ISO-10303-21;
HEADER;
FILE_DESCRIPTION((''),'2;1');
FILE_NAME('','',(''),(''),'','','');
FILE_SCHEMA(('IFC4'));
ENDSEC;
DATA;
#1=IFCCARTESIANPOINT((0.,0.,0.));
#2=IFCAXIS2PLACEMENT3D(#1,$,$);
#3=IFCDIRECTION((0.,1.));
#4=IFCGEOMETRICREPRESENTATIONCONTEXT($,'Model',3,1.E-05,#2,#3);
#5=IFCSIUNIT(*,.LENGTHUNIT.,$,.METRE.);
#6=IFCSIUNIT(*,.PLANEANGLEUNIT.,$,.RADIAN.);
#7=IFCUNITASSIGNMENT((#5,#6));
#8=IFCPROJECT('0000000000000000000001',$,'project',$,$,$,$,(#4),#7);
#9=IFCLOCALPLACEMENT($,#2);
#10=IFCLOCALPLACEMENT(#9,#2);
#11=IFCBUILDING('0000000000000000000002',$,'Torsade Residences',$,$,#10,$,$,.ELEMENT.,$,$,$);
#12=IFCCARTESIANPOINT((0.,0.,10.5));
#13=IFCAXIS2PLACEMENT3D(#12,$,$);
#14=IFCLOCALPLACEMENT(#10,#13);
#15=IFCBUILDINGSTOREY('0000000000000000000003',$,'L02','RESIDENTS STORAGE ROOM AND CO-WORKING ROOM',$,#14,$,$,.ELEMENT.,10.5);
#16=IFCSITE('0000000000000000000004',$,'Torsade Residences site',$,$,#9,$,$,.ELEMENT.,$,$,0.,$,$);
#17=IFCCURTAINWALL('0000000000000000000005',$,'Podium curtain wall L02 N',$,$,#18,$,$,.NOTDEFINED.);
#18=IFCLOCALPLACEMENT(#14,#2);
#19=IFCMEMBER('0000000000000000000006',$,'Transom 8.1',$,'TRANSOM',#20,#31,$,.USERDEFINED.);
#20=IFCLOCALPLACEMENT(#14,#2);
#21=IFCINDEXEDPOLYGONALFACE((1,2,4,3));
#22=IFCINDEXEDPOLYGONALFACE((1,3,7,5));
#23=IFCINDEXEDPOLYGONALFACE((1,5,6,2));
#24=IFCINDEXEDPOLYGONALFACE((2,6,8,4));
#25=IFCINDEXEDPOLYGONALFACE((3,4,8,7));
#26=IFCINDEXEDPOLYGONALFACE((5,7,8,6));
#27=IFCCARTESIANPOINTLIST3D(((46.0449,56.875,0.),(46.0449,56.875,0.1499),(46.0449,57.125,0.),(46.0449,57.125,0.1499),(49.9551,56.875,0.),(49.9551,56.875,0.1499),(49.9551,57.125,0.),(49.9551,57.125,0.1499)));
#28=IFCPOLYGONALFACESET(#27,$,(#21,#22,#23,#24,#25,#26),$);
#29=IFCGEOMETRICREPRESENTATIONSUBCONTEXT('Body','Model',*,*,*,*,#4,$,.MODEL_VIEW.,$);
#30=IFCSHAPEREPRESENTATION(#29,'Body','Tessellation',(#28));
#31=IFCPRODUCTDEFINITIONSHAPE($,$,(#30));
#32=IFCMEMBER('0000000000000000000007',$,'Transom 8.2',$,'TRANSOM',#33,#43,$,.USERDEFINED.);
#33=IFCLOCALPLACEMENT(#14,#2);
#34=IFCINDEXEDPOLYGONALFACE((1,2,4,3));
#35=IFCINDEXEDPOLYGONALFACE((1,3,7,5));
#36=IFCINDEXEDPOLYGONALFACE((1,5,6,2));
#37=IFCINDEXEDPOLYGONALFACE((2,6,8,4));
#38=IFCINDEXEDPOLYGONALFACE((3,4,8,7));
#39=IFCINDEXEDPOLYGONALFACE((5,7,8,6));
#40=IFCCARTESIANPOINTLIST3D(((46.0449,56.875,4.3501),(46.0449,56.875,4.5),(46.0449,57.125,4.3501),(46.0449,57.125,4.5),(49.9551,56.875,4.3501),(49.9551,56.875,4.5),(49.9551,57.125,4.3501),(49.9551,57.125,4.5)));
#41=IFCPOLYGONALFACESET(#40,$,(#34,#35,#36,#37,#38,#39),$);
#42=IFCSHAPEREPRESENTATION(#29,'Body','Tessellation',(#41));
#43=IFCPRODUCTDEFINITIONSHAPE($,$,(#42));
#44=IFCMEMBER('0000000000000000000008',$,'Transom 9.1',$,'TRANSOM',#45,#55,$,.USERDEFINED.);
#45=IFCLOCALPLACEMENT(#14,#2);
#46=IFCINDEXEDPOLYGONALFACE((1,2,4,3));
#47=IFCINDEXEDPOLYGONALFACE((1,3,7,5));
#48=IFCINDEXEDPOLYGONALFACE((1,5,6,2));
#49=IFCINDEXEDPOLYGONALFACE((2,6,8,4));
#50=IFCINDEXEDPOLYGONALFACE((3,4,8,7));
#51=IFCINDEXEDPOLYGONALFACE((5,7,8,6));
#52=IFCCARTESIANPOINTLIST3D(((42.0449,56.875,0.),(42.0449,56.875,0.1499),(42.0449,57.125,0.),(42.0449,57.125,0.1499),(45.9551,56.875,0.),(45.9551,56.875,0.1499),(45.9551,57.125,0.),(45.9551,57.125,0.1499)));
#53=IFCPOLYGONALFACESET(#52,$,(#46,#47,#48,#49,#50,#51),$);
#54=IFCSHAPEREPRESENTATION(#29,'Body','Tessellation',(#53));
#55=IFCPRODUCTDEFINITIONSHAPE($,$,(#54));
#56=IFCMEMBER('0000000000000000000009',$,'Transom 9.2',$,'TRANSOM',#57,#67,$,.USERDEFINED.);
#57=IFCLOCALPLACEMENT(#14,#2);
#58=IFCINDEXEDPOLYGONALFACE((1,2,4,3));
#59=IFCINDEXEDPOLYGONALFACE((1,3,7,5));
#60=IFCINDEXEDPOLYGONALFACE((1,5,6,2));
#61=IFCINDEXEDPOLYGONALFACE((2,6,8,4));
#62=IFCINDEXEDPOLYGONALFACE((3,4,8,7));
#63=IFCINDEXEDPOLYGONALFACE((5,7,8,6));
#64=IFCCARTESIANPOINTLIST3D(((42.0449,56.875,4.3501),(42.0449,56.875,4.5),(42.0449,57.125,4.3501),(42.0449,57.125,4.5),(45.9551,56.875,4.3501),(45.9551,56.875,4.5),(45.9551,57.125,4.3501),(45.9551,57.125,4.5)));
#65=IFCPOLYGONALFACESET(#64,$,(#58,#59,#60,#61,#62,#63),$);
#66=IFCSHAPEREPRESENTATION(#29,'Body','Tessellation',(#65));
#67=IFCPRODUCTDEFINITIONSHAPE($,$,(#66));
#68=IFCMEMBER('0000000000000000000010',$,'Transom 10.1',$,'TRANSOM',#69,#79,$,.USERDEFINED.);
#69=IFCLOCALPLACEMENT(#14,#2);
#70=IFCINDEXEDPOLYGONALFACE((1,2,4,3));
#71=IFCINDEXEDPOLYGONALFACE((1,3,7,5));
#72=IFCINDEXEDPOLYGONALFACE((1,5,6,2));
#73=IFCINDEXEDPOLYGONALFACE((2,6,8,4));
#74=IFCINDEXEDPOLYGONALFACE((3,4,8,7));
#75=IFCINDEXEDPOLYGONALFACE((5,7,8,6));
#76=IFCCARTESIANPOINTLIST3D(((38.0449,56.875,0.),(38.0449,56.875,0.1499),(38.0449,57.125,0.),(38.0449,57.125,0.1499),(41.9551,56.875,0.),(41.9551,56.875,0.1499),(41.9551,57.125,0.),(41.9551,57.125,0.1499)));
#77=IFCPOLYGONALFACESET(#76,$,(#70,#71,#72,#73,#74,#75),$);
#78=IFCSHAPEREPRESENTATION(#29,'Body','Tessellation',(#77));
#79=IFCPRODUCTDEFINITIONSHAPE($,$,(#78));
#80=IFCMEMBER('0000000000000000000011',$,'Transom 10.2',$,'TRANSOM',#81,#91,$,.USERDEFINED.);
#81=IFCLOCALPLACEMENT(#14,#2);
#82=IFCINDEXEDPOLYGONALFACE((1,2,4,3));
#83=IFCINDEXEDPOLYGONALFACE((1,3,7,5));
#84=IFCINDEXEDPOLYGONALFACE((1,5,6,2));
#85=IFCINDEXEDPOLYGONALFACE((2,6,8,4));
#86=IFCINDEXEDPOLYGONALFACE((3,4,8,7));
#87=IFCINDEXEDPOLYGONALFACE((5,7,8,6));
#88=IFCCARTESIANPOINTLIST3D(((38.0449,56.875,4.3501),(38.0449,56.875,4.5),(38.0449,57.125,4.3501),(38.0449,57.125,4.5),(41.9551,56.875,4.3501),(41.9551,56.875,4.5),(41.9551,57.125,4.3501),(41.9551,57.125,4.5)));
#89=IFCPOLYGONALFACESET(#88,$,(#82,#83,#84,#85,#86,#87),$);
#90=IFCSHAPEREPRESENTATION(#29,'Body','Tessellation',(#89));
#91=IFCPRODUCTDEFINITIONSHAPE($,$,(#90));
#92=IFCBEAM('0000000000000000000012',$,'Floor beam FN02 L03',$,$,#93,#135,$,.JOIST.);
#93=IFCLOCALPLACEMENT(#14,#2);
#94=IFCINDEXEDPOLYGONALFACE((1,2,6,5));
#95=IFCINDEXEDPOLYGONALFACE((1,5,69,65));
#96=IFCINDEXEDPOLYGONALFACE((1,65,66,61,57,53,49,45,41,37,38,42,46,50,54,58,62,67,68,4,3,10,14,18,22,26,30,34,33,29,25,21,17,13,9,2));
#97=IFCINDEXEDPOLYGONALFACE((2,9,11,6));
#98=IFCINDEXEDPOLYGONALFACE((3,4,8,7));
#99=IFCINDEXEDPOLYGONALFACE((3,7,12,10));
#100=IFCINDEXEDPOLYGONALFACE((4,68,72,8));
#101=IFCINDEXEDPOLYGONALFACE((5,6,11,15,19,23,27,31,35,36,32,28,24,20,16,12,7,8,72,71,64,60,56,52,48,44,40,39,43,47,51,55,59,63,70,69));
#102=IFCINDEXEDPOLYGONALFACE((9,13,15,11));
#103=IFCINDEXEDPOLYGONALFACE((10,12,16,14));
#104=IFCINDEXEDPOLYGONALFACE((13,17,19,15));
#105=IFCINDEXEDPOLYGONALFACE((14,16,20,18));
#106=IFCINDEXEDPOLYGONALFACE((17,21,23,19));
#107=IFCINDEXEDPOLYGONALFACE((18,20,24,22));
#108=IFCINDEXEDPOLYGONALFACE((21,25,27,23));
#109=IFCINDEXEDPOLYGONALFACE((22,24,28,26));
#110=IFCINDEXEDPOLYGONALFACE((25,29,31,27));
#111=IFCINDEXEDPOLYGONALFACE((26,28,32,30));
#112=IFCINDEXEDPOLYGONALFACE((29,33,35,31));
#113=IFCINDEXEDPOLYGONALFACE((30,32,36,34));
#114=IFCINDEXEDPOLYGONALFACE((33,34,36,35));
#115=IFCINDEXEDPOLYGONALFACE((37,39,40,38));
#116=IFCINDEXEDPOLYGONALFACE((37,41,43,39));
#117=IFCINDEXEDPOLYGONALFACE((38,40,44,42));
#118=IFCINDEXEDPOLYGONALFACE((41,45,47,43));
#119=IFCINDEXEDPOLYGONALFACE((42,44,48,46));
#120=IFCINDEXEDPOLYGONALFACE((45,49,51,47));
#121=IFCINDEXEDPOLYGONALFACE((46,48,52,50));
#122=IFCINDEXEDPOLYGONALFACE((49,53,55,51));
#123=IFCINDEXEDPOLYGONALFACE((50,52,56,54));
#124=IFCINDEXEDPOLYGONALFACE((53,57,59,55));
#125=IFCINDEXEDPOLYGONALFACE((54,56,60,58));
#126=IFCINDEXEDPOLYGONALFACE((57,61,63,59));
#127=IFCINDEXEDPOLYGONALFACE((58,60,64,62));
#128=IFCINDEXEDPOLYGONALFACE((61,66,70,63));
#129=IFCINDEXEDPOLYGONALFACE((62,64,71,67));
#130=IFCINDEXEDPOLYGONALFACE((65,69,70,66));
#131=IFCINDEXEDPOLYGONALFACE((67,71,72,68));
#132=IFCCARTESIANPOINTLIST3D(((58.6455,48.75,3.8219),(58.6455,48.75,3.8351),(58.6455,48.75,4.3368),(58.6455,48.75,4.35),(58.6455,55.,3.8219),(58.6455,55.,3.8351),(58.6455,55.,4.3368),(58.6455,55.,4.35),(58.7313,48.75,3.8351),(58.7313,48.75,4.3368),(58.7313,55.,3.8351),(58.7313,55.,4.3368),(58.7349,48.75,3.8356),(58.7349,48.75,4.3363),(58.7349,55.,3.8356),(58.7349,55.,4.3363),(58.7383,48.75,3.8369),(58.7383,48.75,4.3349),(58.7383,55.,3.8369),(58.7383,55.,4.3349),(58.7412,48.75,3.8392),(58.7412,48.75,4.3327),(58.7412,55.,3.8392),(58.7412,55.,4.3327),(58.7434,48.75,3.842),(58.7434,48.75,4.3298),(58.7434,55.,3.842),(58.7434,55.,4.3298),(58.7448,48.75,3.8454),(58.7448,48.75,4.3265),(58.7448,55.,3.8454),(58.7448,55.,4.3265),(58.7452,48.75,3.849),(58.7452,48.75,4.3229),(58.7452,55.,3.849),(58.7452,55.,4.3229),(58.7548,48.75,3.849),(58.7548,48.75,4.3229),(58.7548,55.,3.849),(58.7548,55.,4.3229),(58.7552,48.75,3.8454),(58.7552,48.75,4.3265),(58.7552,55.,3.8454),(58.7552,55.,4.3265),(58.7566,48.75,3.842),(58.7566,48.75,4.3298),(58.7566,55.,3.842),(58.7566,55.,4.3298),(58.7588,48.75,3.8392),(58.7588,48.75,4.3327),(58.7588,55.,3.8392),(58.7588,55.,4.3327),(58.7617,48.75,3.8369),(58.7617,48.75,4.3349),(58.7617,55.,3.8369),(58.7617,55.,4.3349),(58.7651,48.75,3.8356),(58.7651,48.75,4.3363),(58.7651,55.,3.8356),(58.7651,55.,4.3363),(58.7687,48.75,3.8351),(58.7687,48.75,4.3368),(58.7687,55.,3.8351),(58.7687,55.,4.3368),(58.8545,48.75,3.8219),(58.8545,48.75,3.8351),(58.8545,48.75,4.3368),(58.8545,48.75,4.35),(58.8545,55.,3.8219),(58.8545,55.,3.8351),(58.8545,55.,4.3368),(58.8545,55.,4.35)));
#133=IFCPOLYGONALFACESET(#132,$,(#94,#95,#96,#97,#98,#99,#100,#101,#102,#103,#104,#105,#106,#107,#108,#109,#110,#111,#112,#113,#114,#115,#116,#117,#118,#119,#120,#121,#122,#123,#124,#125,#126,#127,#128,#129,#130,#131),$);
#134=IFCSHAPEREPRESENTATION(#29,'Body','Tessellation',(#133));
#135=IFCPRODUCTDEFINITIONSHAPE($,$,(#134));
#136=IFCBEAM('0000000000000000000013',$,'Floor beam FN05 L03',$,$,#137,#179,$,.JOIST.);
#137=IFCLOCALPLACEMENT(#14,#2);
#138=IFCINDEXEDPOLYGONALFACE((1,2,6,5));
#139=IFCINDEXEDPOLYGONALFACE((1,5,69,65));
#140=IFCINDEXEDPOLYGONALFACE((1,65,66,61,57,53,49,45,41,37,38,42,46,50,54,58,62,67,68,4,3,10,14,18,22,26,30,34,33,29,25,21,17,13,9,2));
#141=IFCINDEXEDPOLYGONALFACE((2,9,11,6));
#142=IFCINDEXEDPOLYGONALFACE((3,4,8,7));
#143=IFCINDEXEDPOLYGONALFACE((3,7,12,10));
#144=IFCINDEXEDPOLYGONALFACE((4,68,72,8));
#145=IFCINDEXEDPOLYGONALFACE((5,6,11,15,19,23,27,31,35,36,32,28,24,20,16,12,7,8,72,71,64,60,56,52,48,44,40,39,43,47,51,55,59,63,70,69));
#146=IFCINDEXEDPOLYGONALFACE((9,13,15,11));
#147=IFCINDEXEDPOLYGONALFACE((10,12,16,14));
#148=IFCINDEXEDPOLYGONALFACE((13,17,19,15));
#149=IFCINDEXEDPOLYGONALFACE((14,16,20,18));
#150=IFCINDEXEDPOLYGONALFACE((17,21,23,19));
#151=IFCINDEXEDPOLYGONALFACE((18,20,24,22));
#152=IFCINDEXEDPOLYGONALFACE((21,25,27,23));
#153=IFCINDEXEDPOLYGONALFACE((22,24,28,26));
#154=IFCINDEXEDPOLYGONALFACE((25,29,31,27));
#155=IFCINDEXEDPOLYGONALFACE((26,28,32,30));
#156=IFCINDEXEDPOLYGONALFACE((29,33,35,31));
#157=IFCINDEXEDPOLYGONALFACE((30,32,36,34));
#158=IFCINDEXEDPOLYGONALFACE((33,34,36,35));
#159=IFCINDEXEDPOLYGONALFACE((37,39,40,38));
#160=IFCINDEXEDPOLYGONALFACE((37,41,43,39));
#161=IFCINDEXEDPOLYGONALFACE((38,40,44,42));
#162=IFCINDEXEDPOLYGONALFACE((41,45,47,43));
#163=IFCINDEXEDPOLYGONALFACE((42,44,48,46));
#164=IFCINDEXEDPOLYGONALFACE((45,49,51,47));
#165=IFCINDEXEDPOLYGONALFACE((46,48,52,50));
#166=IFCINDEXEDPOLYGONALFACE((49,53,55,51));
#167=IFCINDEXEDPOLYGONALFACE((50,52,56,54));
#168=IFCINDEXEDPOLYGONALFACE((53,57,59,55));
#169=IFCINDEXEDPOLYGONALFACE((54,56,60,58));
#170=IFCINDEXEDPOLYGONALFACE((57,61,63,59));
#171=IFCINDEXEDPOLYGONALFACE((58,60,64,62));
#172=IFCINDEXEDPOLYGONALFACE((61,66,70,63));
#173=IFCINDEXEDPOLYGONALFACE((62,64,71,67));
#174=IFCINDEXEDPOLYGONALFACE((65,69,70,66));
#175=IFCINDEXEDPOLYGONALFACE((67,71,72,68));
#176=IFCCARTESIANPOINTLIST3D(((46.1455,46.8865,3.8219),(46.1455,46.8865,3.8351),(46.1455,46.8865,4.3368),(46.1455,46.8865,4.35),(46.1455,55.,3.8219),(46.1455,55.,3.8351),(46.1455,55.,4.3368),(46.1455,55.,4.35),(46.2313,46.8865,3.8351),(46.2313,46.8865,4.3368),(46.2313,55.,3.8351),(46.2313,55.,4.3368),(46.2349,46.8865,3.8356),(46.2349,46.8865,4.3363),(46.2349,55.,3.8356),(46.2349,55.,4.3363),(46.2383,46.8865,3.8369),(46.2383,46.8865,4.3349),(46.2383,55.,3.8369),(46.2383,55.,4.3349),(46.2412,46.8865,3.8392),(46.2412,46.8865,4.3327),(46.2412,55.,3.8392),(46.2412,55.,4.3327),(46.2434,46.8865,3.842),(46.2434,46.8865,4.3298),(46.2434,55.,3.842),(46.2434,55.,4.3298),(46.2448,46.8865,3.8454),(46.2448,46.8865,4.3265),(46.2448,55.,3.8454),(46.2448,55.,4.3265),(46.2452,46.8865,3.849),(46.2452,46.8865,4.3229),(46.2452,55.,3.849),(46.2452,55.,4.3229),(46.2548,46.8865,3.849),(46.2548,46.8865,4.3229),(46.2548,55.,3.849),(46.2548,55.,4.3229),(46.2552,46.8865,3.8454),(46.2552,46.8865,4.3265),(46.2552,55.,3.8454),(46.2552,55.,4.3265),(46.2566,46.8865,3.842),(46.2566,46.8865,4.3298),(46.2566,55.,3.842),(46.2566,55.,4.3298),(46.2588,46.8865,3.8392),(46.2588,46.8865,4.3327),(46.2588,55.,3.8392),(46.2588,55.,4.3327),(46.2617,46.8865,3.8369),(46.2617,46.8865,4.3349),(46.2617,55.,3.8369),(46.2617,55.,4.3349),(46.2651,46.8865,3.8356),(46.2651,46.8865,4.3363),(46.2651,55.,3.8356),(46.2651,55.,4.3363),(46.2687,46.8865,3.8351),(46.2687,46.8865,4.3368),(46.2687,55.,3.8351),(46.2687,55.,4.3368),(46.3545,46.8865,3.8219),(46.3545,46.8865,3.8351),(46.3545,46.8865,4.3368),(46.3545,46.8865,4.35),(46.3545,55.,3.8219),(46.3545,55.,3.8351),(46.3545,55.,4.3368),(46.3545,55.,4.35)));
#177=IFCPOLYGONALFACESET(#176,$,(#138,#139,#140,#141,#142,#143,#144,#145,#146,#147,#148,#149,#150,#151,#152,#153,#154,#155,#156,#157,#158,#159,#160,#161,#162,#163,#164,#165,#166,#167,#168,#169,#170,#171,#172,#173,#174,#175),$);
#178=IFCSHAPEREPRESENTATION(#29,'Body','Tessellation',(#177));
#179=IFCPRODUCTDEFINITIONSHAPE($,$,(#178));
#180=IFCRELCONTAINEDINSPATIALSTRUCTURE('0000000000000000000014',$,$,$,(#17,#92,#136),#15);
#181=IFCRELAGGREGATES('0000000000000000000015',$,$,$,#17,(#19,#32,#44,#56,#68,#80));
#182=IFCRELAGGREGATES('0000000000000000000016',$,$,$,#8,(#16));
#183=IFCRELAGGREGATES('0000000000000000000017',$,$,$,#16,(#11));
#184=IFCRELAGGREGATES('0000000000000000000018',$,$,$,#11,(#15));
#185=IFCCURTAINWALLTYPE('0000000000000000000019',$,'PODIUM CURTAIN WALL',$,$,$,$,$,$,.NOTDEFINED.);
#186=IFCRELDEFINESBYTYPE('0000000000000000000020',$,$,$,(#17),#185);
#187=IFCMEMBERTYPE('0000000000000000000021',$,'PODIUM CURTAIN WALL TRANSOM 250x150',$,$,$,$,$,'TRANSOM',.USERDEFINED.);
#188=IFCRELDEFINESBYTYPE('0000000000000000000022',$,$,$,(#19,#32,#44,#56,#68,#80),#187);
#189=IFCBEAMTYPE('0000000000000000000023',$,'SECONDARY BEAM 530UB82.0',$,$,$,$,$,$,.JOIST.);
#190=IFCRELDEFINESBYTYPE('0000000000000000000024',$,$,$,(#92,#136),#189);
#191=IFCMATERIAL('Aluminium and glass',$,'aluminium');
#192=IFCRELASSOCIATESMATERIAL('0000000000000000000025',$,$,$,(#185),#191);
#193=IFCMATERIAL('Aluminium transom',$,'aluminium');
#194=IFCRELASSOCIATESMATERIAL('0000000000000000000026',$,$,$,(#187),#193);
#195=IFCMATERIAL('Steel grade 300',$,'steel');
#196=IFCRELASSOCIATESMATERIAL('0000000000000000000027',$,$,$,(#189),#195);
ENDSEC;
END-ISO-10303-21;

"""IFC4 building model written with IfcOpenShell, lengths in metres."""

from ifc_helpers import new_model, si_unit, direction, frame, origin, origin_2d, place, context, subcontext, project, spatial, rectangle, i_section, extrude, material, material_profile, profile_set, type_object, element, aggregate, save


model = new_model("IFC4")

# Units and contexts
model_context = context("Model", 3, precision=1e-05, world=origin(), true_north=direction((0.0, 1.0)))
body_context = subcontext(model_context, "Body", "Model", "MODEL_VIEW")
ifc_project = project(units=[si_unit("LENGTHUNIT", "METRE"), si_unit("PLANEANGLEUNIT", "RADIAN")], contexts=[model_context])

# Site, building, storey
site_placement = place(None, origin())
site = spatial("IfcSite", under=ifc_project, at=site_placement, Name="Torsade Residences site", CompositionType="ELEMENT", RefElevation=0.0)
building_placement = place(site_placement, origin())
building = spatial("IfcBuilding", under=site, at=building_placement, Name="Torsade Residences", CompositionType="ELEMENT")
storey_placement = place(building_placement, frame((0.0, 0.0, 10.5)))
storey = spatial("IfcBuildingStorey", under=building, at=storey_placement, Name="L02", Description="RESIDENTS STORAGE ROOM AND CO-WORKING ROOM", CompositionType="ELEMENT", Elevation=10.5)

# Curtain wall, members
ifc_material_1 = material(Name="Aluminium and glass", Category="aluminium")
curtain_wall_type = type_object("IfcCurtainWallType", Name="PODIUM CURTAIN WALL", PredefinedType="NOTDEFINED", material=ifc_material_1)
curtain_wall_placement = place(storey_placement, origin())
curtain_wall = element("IfcCurtainWall", 1, at=curtain_wall_placement, inside=storey, type_object=curtain_wall_type, Name="Podium curtain wall L02 N", PredefinedType="NOTDEFINED")
ifc_material_2 = material(Name="Aluminium transom", Category="aluminium")
ifc_material_profile_1 = material_profile(ifc_material_2, rectangle(XDim=0.25, YDim=0.1499, at=origin_2d()), Name="PODIUM CURTAIN WALL TRANSOM 250x150")
ifc_profile_set_1 = profile_set([ifc_material_profile_1], Name="Aluminium transom")
member_type_1 = type_object("IfcMemberType", Name="PODIUM CURTAIN WALL TRANSOM 250x150", ElementType="TRANSOM", PredefinedType="USERDEFINED", material=ifc_profile_set_1)
member_1_placement = place(storey_placement, frame((49.9551, 57.0, 0.075), z_axis=(-1.0, 0.0, 0.0), x_axis=(0.0, -1.0, 0.0)))
member_1 = element("IfcMember", 2, at=member_1_placement, type_object=member_type_1, Name="Transom 8.1", ObjectType="TRANSOM", PredefinedType="USERDEFINED", context=body_context, shape_type="SweptSolid", body=[
    extrude(rectangle(XDim=0.25, YDim=0.1499, at=origin_2d()), origin(), (0.0, 0.0, 1.0), 3.9102),
])
member_2_placement = place(storey_placement, frame((49.9551, 57.0, 4.425), z_axis=(-1.0, 0.0, 0.0), x_axis=(0.0, -1.0, 0.0)))
member_2 = element("IfcMember", 3, at=member_2_placement, type_object=member_type_1, Name="Transom 8.2", ObjectType="TRANSOM", PredefinedType="USERDEFINED", context=body_context, shape_type="SweptSolid", body=[
    extrude(rectangle(XDim=0.25, YDim=0.1499, at=origin_2d()), origin(), (0.0, 0.0, 1.0), 3.9102),
])
member_3_placement = place(storey_placement, frame((45.9551, 57.0, 0.075), z_axis=(-1.0, 0.0, 0.0), x_axis=(0.0, -1.0, 0.0)))
member_3 = element("IfcMember", 4, at=member_3_placement, type_object=member_type_1, Name="Transom 9.1", ObjectType="TRANSOM", PredefinedType="USERDEFINED", context=body_context, shape_type="SweptSolid", body=[
    extrude(rectangle(XDim=0.25, YDim=0.1499, at=origin_2d()), origin(), (0.0, 0.0, 1.0), 3.9102),
])
member_4_placement = place(storey_placement, frame((45.9551, 57.0, 4.425), z_axis=(-1.0, 0.0, 0.0), x_axis=(0.0, -1.0, 0.0)))
member_4 = element("IfcMember", 5, at=member_4_placement, type_object=member_type_1, Name="Transom 9.2", ObjectType="TRANSOM", PredefinedType="USERDEFINED", context=body_context, shape_type="SweptSolid", body=[
    extrude(rectangle(XDim=0.25, YDim=0.1499, at=origin_2d()), origin(), (0.0, 0.0, 1.0), 3.9102),
])
member_5_placement = place(storey_placement, frame((41.9551, 57.0, 0.075), z_axis=(-1.0, 0.0, 0.0), x_axis=(0.0, -1.0, 0.0)))
member_5 = element("IfcMember", 6, at=member_5_placement, type_object=member_type_1, Name="Transom 10.1", ObjectType="TRANSOM", PredefinedType="USERDEFINED", context=body_context, shape_type="SweptSolid", body=[
    extrude(rectangle(XDim=0.25, YDim=0.1499, at=origin_2d()), origin(), (0.0, 0.0, 1.0), 3.9102),
])
member_6_placement = place(storey_placement, frame((41.9551, 57.0, 4.425), z_axis=(-1.0, 0.0, 0.0), x_axis=(0.0, -1.0, 0.0)))
member_6 = element("IfcMember", 7, at=member_6_placement, type_object=member_type_1, Name="Transom 10.2", ObjectType="TRANSOM", PredefinedType="USERDEFINED", context=body_context, shape_type="SweptSolid", body=[
    extrude(rectangle(XDim=0.25, YDim=0.1499, at=origin_2d()), origin(), (0.0, 0.0, 1.0), 3.9102),
])

# Beams
ifc_material_3 = material(Name="Steel grade 300", Category="steel")
ifc_material_profile_2 = material_profile(ifc_material_3, i_section(OverallWidth=0.209, OverallDepth=0.5281, WebThickness=0.0095, FlangeThickness=0.0132, FilletRadius=0.0139, at=origin_2d()), Name="530UB82.0")
ifc_profile_set_2 = profile_set([ifc_material_profile_2], Name="Steel grade 300")
beam_type_1 = type_object("IfcBeamType", Name="SECONDARY BEAM 530UB82.0", PredefinedType="JOIST", material=ifc_profile_set_2)
beam_1_placement = place(storey_placement, frame((58.75, 55.0, 4.0859), z_axis=(0.0, -1.0, 0.0), x_axis=(1.0, 0.0, 0.0)))
element("IfcBeam", 8, at=beam_1_placement, inside=storey, type_object=beam_type_1, Name="Floor beam FN02 L03", PredefinedType="JOIST", context=body_context, shape_type="SweptSolid", body=[
    extrude(i_section(OverallWidth=0.209, OverallDepth=0.5281, WebThickness=0.0095, FlangeThickness=0.0132, FilletRadius=0.0139, at=origin_2d()), origin(), (0.0, 0.0, 1.0), 6.25),
])
beam_2_placement = place(storey_placement, frame((46.25, 55.0, 4.0859), z_axis=(0.0, -1.0, 0.0), x_axis=(1.0, 0.0, 0.0)))
element("IfcBeam", 9, at=beam_2_placement, inside=storey, type_object=beam_type_1, Name="Floor beam FN05 L03", PredefinedType="JOIST", context=body_context, shape_type="SweptSolid", body=[
    extrude(i_section(OverallWidth=0.209, OverallDepth=0.5281, WebThickness=0.0095, FlangeThickness=0.0132, FilletRadius=0.0139, at=origin_2d()), origin(), (0.0, 0.0, 1.0), 8.1135),
])

aggregate(curtain_wall, [member_1, member_2, member_3, member_4, member_5, member_6])

save(model, "model.ifc")
